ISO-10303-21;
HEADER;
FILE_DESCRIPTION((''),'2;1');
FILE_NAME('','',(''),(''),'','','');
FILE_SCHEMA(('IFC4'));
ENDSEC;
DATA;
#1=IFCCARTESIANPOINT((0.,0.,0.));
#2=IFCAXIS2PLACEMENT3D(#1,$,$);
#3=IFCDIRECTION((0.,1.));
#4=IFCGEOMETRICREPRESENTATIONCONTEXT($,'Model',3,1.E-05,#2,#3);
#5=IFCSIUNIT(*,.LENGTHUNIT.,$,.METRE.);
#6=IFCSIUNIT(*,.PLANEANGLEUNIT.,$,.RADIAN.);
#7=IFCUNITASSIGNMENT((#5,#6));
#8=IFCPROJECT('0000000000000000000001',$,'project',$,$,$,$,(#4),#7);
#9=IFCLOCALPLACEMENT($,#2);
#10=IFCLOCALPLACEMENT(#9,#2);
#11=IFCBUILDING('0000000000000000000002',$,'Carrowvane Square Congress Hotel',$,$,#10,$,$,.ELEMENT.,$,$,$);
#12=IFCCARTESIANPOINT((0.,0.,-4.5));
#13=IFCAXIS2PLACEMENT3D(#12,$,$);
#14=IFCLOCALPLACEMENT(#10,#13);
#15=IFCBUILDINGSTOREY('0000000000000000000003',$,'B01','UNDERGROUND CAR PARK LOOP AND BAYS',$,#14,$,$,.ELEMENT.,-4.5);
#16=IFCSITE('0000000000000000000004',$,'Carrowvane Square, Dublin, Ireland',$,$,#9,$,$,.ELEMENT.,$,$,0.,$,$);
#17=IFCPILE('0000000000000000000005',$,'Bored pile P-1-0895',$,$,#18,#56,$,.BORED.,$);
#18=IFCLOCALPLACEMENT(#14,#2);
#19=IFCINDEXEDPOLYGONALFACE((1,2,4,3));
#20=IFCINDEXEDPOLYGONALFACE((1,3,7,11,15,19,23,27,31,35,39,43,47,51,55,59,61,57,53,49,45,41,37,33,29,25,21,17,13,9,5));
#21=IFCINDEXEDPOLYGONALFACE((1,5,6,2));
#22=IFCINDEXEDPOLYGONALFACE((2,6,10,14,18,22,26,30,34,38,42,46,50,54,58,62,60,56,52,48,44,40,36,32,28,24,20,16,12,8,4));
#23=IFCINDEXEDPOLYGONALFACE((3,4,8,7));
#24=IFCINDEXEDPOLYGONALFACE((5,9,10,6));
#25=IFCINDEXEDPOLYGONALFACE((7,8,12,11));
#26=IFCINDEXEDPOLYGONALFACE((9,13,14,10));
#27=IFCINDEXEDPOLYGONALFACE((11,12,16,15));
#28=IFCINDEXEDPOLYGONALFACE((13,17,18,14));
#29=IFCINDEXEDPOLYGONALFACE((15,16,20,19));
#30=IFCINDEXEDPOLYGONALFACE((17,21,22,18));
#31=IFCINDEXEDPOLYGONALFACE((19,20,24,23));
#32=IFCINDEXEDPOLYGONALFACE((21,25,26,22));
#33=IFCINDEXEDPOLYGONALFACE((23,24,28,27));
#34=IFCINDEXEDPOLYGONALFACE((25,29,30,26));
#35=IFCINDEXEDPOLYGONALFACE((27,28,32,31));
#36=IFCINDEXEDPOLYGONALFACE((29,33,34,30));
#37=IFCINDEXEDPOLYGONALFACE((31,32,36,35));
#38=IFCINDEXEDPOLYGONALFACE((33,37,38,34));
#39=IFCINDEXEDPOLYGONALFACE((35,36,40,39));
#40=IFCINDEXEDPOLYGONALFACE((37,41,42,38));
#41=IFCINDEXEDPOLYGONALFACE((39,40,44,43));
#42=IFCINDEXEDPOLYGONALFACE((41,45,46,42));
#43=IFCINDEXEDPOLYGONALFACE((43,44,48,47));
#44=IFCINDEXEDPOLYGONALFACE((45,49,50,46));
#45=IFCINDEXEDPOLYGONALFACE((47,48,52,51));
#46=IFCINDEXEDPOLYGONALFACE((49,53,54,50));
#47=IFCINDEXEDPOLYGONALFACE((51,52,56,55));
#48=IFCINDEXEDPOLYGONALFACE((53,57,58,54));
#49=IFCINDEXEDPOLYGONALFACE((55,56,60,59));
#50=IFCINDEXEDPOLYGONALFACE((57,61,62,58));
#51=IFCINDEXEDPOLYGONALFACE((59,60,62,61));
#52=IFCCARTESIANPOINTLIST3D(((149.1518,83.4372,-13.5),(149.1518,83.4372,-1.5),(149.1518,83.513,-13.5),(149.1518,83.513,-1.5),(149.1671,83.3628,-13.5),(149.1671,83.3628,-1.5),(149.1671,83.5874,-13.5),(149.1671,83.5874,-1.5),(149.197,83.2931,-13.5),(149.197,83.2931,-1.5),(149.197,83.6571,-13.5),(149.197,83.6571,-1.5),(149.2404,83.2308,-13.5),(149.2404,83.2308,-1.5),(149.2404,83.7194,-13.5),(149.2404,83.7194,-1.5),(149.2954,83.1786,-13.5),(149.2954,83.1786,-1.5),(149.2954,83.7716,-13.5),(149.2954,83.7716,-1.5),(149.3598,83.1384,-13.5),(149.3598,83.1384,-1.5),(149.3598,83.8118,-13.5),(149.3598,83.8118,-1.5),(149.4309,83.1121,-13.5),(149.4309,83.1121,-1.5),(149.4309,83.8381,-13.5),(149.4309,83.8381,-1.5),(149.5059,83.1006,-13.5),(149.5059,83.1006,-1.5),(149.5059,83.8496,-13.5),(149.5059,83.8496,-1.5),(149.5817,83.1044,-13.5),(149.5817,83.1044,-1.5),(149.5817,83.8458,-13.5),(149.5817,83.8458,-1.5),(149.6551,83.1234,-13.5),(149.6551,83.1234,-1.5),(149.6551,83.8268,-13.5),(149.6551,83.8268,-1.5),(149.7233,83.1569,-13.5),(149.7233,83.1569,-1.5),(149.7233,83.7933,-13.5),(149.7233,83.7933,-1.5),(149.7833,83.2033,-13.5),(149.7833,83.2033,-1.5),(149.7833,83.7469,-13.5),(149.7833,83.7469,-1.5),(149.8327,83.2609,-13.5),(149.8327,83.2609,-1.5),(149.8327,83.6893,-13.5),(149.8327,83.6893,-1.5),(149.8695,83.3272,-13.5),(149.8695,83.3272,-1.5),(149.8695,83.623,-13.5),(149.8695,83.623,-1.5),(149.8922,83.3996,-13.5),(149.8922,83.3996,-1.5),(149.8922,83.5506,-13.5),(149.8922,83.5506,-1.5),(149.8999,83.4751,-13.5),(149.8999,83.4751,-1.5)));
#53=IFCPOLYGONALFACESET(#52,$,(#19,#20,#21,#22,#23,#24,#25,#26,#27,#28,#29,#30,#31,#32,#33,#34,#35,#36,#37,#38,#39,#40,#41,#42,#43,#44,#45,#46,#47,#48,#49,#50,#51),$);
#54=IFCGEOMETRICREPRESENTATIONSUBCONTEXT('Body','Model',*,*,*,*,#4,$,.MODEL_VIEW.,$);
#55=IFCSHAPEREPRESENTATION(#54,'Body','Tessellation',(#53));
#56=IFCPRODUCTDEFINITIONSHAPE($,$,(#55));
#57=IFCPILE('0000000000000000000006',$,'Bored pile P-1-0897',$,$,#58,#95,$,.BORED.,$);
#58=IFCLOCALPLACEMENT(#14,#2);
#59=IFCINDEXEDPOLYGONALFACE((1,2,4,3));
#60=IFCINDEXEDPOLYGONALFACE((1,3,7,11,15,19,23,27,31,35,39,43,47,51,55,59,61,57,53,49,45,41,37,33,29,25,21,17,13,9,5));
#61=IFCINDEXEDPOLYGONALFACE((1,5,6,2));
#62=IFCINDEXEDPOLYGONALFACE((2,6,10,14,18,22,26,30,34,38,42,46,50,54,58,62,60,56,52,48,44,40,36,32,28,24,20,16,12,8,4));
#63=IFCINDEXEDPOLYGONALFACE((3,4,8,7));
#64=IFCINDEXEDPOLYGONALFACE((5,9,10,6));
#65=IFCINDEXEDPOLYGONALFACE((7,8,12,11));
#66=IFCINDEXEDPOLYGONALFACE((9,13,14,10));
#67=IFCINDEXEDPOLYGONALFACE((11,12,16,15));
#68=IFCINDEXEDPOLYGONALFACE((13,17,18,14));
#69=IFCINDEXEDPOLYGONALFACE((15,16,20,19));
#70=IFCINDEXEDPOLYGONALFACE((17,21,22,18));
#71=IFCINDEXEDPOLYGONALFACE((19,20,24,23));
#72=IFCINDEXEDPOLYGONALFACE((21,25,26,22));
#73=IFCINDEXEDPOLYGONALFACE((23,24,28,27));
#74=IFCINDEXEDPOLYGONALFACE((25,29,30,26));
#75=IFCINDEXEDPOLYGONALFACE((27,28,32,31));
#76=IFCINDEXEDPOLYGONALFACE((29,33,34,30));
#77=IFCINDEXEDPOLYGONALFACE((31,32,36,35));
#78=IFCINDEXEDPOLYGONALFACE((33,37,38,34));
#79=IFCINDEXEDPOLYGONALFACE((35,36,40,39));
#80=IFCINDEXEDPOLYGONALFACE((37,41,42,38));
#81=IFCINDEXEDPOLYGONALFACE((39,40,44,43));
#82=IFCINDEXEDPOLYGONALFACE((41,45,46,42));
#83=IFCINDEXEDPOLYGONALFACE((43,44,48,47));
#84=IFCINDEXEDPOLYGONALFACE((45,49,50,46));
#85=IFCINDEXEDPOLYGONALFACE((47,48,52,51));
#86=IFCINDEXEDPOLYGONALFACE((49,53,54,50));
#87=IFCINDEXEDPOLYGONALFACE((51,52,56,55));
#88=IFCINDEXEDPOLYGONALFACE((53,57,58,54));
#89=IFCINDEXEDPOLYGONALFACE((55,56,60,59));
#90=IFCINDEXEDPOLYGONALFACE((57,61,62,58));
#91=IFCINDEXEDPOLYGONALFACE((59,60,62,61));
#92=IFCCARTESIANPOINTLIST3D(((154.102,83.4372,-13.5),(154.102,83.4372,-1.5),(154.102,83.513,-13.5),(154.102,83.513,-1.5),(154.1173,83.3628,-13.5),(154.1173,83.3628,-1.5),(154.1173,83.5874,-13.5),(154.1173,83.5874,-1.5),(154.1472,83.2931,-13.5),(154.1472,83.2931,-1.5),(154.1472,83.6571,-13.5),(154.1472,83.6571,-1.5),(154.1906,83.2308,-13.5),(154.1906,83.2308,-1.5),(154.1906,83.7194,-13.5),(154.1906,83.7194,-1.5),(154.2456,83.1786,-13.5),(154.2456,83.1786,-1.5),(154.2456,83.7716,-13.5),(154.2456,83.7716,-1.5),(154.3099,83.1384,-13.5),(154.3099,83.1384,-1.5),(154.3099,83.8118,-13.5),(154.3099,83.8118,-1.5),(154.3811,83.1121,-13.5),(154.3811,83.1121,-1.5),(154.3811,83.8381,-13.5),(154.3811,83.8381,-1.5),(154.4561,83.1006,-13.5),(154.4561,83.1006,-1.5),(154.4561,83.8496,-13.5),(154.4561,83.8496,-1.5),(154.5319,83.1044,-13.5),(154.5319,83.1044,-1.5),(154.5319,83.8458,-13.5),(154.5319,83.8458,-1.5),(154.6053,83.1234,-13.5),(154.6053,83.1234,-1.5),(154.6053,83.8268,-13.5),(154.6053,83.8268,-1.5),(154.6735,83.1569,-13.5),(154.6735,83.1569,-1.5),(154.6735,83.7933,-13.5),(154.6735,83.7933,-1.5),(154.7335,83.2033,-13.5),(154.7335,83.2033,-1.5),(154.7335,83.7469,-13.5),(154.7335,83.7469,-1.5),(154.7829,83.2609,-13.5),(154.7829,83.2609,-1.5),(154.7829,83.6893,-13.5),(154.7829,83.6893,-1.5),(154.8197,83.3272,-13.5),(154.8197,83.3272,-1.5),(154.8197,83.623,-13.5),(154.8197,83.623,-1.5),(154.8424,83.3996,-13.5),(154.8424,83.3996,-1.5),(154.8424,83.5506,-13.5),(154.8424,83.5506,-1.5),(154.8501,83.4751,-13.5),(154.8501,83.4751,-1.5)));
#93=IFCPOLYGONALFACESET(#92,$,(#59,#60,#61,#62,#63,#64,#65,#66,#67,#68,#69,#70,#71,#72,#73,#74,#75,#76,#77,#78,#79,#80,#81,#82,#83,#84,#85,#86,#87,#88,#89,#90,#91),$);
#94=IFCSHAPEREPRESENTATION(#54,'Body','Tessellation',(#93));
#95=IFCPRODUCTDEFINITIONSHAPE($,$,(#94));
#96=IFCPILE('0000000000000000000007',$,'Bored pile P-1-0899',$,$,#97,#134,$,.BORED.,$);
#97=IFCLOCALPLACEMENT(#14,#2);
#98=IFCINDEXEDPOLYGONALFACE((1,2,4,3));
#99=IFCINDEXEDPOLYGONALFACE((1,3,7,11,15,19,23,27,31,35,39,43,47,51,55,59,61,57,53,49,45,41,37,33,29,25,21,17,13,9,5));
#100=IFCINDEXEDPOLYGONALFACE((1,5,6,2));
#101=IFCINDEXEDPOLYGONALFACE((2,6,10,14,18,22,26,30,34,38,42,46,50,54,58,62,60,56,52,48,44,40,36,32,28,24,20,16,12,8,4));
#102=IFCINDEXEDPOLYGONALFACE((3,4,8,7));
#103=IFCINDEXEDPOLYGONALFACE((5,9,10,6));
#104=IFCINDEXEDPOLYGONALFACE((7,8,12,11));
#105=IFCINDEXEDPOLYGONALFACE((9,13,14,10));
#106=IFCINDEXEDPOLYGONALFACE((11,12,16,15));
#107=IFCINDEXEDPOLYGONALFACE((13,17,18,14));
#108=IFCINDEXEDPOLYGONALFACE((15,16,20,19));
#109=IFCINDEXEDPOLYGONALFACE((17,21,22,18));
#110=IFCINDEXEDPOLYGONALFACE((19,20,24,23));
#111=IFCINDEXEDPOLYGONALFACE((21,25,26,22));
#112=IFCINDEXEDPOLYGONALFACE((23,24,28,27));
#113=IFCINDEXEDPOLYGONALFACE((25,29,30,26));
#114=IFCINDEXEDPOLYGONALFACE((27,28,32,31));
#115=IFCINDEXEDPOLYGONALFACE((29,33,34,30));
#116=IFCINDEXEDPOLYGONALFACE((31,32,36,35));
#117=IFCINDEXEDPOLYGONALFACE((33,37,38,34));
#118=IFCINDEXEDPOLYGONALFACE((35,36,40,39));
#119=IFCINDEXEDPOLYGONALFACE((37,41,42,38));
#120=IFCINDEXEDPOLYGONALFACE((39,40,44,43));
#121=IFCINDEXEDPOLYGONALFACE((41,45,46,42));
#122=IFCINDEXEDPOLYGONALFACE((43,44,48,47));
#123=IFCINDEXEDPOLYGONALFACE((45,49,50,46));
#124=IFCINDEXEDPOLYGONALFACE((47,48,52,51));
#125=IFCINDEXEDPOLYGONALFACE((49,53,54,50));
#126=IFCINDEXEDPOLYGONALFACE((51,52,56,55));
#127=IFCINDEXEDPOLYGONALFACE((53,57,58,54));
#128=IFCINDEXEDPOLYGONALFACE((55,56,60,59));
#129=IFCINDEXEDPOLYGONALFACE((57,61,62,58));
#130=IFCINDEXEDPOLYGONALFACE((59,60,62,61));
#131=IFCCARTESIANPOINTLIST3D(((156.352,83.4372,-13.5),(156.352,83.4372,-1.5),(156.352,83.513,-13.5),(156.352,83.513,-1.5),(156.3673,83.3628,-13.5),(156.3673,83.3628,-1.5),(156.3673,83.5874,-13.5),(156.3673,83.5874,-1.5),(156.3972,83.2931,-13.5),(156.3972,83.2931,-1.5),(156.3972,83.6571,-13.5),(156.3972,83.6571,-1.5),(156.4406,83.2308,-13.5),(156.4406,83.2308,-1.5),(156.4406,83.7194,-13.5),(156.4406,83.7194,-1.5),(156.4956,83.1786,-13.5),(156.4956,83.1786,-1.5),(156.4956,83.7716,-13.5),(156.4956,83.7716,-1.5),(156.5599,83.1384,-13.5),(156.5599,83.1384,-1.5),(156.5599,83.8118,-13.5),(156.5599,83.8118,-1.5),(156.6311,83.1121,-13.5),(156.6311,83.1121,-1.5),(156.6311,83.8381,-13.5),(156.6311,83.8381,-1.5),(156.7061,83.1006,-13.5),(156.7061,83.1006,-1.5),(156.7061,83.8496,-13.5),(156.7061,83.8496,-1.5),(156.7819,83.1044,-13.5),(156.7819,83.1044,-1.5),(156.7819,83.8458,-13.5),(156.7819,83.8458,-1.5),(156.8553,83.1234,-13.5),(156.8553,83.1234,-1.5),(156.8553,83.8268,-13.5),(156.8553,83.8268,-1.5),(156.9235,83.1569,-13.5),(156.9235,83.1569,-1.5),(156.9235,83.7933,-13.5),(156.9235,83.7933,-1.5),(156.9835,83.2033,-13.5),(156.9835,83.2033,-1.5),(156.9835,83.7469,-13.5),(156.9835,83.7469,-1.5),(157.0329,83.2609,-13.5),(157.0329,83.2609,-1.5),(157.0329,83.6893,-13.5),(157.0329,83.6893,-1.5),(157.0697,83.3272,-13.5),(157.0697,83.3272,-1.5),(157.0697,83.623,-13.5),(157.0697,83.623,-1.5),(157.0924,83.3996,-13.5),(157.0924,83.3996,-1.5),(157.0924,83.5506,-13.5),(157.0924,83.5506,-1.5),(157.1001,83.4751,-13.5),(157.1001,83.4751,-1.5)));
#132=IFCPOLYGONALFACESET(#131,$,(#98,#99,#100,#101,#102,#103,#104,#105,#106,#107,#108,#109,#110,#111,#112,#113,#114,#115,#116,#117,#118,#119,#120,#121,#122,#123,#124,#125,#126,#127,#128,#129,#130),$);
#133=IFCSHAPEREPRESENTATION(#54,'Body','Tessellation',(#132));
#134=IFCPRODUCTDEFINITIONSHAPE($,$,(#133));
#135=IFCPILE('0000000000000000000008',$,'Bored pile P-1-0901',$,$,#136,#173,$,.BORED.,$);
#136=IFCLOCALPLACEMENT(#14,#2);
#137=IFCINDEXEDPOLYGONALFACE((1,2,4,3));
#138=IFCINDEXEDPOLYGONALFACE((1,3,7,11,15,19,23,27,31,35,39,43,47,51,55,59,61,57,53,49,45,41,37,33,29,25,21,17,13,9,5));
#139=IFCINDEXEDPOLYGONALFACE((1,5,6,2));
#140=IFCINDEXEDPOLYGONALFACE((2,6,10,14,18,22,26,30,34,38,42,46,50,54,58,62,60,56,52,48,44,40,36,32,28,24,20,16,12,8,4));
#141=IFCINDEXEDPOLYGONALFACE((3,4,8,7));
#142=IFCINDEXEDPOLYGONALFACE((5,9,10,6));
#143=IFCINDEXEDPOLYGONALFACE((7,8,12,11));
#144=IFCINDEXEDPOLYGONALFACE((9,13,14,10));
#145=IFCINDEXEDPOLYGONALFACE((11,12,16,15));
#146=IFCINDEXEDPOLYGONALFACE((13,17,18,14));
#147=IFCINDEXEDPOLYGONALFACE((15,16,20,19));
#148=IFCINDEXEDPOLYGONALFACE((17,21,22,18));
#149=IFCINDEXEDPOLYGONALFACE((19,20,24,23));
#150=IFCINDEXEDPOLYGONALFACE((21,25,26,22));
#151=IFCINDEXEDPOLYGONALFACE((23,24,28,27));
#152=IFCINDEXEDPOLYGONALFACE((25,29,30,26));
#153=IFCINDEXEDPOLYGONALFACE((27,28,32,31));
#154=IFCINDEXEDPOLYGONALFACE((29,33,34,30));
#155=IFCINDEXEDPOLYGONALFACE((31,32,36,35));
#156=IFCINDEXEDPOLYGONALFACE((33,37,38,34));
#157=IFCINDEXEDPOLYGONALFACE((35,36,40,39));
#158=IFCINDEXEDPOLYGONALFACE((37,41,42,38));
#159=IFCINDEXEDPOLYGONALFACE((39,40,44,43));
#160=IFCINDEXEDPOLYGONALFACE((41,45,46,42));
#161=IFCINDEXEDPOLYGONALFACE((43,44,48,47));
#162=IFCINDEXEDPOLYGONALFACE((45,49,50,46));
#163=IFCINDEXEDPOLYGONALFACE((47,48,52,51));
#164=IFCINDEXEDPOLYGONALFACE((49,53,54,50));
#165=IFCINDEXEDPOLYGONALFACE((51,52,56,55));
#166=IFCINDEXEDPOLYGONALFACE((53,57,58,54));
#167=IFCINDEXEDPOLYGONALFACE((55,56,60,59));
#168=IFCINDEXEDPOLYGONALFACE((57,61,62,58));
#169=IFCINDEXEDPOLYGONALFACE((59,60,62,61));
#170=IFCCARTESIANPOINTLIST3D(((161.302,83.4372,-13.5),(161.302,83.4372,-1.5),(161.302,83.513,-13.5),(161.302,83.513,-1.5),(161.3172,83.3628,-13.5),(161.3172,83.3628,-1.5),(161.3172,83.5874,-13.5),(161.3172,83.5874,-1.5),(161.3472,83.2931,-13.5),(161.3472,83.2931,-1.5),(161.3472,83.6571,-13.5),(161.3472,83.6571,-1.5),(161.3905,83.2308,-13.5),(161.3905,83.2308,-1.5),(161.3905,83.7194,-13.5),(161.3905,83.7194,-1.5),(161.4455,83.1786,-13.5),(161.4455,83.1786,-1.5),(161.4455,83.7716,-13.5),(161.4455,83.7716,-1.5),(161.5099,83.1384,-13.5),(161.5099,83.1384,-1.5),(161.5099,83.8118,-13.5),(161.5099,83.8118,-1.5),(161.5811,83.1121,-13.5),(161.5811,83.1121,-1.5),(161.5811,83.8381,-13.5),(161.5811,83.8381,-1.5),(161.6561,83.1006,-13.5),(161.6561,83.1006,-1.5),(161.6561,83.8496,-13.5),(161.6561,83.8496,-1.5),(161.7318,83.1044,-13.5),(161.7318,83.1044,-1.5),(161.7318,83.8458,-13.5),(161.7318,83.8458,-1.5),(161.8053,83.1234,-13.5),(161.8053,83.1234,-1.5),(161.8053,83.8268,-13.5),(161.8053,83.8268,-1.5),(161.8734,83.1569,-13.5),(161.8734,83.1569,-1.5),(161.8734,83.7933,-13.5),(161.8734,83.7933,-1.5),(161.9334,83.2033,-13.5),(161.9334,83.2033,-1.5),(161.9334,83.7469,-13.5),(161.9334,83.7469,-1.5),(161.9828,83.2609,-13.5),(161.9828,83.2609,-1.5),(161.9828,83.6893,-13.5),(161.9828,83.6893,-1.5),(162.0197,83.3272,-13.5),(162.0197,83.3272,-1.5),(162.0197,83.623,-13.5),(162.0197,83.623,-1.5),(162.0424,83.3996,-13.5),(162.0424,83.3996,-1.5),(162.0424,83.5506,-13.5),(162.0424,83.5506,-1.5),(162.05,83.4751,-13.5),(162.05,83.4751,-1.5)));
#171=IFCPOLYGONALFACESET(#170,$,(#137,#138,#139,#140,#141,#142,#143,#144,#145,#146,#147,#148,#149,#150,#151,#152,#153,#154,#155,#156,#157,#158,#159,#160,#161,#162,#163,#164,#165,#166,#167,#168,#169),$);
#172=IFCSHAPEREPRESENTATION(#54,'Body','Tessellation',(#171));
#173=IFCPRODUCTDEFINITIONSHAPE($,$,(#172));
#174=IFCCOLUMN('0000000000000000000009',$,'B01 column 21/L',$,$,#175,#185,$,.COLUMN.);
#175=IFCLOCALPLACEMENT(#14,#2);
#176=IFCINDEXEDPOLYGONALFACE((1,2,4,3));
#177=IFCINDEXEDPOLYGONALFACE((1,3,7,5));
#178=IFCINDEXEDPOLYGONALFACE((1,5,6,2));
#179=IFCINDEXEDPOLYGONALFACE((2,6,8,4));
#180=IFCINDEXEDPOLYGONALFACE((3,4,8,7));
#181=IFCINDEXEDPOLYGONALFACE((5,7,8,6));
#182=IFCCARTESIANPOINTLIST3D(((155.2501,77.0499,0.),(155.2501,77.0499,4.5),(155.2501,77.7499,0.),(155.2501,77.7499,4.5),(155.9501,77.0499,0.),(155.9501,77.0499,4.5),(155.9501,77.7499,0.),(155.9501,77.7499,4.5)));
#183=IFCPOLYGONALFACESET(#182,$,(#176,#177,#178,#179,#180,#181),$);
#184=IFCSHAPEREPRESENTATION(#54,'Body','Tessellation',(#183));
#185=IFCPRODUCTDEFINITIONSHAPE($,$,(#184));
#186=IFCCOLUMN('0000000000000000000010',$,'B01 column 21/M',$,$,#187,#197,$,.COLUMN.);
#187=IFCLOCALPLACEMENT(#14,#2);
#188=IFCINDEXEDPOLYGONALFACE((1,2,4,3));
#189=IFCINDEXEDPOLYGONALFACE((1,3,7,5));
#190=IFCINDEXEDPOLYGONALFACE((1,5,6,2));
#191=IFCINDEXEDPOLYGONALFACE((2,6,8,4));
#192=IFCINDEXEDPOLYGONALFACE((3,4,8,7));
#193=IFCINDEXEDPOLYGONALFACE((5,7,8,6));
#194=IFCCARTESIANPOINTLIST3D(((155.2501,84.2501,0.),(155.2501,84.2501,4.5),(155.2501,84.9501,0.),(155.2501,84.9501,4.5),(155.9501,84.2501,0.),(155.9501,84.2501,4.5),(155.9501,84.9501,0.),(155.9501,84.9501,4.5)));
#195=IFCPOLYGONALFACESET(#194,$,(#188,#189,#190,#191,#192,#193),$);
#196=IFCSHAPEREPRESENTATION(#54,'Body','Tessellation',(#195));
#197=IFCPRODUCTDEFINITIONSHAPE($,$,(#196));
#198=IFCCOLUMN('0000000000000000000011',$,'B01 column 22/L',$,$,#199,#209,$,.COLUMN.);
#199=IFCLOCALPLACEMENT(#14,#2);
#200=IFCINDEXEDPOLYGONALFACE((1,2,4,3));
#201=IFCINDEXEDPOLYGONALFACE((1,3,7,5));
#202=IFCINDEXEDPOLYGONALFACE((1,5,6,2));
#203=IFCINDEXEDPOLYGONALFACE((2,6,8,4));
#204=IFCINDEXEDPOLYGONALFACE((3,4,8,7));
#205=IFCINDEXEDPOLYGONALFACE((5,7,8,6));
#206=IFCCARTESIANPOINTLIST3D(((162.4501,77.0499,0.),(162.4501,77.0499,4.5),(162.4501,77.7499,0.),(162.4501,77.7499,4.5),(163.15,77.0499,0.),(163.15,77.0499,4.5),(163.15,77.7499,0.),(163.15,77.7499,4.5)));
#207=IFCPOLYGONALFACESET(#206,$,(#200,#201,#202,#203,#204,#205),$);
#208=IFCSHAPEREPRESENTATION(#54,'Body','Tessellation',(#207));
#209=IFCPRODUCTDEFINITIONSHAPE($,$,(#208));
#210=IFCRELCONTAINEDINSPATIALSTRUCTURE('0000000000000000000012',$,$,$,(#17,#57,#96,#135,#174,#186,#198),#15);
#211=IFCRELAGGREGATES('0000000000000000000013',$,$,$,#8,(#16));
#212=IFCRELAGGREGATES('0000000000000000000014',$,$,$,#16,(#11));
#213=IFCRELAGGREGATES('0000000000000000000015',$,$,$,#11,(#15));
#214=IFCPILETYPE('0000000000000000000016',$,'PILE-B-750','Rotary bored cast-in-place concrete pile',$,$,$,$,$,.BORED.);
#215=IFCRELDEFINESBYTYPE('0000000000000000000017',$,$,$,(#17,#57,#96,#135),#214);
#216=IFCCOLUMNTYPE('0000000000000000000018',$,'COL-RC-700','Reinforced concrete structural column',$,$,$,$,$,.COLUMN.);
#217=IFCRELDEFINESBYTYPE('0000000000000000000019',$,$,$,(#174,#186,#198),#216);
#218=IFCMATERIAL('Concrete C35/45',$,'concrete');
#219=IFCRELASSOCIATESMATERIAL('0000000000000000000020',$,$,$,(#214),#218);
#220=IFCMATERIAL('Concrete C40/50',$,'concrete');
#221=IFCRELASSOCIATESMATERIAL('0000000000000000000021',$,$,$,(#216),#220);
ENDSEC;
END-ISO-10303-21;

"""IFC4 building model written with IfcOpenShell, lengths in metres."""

from ifc_helpers import new_model, si_unit, direction, frame, origin, origin_2d, place, context, subcontext, project, spatial, rectangle, circle, extrude, material, material_profile, profile_set, type_object, element, save


model = new_model("IFC4")

# Units and contexts
model_context = context("Model", 3, precision=1e-05, world=origin(), true_north=direction((0.0, 1.0)))
body_context = subcontext(model_context, "Body", "Model", "MODEL_VIEW")
ifc_project = project(units=[si_unit("LENGTHUNIT", "METRE"), si_unit("PLANEANGLEUNIT", "RADIAN")], contexts=[model_context])

# Site, building, storey
site_placement = place(None, origin())
site = spatial("IfcSite", under=ifc_project, at=site_placement, Name="Carrowvane Square, Dublin, Ireland", CompositionType="ELEMENT", RefElevation=0.0)
building_placement = place(site_placement, origin())
building = spatial("IfcBuilding", under=site, at=building_placement, Name="Carrowvane Square Congress Hotel", CompositionType="ELEMENT")
storey_placement = place(building_placement, frame((0.0, 0.0, -4.5)))
storey = spatial("IfcBuildingStorey", under=building, at=storey_placement, Name="B01", Description="UNDERGROUND CAR PARK LOOP AND BAYS", CompositionType="ELEMENT", Elevation=-4.5)

# Piles
ifc_material_1 = material(Name="Concrete C35/45", Category="concrete")
ifc_material_profile_1 = material_profile(ifc_material_1, circle(Radius=0.375, at=origin_2d()), Name="PILE D750")
ifc_profile_set_1 = profile_set([ifc_material_profile_1], Name="Concrete C35/45")
pile_type = type_object("IfcPileType", Name="PILE-B-750", Description="Rotary bored cast-in-place concrete pile", PredefinedType="BORED", material=ifc_profile_set_1)
for number, where, z_axis, x_axis, name in (
    (1, (149.5249, 83.4751, -1.5), (0.0, 0.0, -1.0), (1.0, 0.0, 0.0), "Bored pile P-1-0895"),
    (2, (154.4751, 83.4751, -1.5), (0.0, 0.0, -1.0), (1.0, 0.0, 0.0), "Bored pile P-1-0897"),
    (3, (156.7251, 83.4751, -1.5), (0.0, 0.0, -1.0), (1.0, 0.0, 0.0), "Bored pile P-1-0899"),
    (4, (161.675, 83.4751, -1.5), (0.0, 0.0, -1.0), (1.0, 0.0, 0.0), "Bored pile P-1-0901"),
):
    element("IfcPile", number, at=place(storey_placement, frame(where, z_axis=z_axis, x_axis=x_axis)), inside=storey, type_object=pile_type, Name=name, PredefinedType="BORED", context=body_context, shape_type="SweptSolid", body=[
        extrude(circle(Radius=0.375, at=origin_2d()), origin(), (0.0, 0.0, 1.0), 12.0),
    ])

# Columns
ifc_material_2 = material(Name="Concrete C40/50", Category="concrete")
ifc_material_profile_2 = material_profile(ifc_material_2, rectangle(XDim=0.7, YDim=0.7, at=origin_2d()), Name="RC 700x700")
ifc_profile_set_2 = profile_set([ifc_material_profile_2], Name="Concrete C40/50")
column_type = type_object("IfcColumnType", Name="COL-RC-700", Description="Reinforced concrete structural column", PredefinedType="COLUMN", material=ifc_profile_set_2)
for number, where, z_axis, x_axis, name in (
    (5, (155.6001, 77.3999, 0.0), (0.0, 0.0, 1.0), (1.0, 0.0, 0.0), "B01 column 21/L"),
    (6, (155.6001, 84.6001, 0.0), (0.0, 0.0, 1.0), (1.0, 0.0, 0.0), "B01 column 21/M"),
    (7, (162.8, 77.3999, 0.0), (0.0, 0.0, 1.0), (1.0, 0.0, 0.0), "B01 column 22/L"),
):
    element("IfcColumn", number, at=place(storey_placement, frame(where, z_axis=z_axis, x_axis=x_axis)), inside=storey, type_object=column_type, Name=name, PredefinedType="COLUMN", context=body_context, shape_type="SweptSolid", body=[
        extrude(rectangle(XDim=0.7, YDim=0.7, at=origin_2d()), origin(), (0.0, 0.0, 1.0), 4.5),
    ])

save(model, "model.ifc")
